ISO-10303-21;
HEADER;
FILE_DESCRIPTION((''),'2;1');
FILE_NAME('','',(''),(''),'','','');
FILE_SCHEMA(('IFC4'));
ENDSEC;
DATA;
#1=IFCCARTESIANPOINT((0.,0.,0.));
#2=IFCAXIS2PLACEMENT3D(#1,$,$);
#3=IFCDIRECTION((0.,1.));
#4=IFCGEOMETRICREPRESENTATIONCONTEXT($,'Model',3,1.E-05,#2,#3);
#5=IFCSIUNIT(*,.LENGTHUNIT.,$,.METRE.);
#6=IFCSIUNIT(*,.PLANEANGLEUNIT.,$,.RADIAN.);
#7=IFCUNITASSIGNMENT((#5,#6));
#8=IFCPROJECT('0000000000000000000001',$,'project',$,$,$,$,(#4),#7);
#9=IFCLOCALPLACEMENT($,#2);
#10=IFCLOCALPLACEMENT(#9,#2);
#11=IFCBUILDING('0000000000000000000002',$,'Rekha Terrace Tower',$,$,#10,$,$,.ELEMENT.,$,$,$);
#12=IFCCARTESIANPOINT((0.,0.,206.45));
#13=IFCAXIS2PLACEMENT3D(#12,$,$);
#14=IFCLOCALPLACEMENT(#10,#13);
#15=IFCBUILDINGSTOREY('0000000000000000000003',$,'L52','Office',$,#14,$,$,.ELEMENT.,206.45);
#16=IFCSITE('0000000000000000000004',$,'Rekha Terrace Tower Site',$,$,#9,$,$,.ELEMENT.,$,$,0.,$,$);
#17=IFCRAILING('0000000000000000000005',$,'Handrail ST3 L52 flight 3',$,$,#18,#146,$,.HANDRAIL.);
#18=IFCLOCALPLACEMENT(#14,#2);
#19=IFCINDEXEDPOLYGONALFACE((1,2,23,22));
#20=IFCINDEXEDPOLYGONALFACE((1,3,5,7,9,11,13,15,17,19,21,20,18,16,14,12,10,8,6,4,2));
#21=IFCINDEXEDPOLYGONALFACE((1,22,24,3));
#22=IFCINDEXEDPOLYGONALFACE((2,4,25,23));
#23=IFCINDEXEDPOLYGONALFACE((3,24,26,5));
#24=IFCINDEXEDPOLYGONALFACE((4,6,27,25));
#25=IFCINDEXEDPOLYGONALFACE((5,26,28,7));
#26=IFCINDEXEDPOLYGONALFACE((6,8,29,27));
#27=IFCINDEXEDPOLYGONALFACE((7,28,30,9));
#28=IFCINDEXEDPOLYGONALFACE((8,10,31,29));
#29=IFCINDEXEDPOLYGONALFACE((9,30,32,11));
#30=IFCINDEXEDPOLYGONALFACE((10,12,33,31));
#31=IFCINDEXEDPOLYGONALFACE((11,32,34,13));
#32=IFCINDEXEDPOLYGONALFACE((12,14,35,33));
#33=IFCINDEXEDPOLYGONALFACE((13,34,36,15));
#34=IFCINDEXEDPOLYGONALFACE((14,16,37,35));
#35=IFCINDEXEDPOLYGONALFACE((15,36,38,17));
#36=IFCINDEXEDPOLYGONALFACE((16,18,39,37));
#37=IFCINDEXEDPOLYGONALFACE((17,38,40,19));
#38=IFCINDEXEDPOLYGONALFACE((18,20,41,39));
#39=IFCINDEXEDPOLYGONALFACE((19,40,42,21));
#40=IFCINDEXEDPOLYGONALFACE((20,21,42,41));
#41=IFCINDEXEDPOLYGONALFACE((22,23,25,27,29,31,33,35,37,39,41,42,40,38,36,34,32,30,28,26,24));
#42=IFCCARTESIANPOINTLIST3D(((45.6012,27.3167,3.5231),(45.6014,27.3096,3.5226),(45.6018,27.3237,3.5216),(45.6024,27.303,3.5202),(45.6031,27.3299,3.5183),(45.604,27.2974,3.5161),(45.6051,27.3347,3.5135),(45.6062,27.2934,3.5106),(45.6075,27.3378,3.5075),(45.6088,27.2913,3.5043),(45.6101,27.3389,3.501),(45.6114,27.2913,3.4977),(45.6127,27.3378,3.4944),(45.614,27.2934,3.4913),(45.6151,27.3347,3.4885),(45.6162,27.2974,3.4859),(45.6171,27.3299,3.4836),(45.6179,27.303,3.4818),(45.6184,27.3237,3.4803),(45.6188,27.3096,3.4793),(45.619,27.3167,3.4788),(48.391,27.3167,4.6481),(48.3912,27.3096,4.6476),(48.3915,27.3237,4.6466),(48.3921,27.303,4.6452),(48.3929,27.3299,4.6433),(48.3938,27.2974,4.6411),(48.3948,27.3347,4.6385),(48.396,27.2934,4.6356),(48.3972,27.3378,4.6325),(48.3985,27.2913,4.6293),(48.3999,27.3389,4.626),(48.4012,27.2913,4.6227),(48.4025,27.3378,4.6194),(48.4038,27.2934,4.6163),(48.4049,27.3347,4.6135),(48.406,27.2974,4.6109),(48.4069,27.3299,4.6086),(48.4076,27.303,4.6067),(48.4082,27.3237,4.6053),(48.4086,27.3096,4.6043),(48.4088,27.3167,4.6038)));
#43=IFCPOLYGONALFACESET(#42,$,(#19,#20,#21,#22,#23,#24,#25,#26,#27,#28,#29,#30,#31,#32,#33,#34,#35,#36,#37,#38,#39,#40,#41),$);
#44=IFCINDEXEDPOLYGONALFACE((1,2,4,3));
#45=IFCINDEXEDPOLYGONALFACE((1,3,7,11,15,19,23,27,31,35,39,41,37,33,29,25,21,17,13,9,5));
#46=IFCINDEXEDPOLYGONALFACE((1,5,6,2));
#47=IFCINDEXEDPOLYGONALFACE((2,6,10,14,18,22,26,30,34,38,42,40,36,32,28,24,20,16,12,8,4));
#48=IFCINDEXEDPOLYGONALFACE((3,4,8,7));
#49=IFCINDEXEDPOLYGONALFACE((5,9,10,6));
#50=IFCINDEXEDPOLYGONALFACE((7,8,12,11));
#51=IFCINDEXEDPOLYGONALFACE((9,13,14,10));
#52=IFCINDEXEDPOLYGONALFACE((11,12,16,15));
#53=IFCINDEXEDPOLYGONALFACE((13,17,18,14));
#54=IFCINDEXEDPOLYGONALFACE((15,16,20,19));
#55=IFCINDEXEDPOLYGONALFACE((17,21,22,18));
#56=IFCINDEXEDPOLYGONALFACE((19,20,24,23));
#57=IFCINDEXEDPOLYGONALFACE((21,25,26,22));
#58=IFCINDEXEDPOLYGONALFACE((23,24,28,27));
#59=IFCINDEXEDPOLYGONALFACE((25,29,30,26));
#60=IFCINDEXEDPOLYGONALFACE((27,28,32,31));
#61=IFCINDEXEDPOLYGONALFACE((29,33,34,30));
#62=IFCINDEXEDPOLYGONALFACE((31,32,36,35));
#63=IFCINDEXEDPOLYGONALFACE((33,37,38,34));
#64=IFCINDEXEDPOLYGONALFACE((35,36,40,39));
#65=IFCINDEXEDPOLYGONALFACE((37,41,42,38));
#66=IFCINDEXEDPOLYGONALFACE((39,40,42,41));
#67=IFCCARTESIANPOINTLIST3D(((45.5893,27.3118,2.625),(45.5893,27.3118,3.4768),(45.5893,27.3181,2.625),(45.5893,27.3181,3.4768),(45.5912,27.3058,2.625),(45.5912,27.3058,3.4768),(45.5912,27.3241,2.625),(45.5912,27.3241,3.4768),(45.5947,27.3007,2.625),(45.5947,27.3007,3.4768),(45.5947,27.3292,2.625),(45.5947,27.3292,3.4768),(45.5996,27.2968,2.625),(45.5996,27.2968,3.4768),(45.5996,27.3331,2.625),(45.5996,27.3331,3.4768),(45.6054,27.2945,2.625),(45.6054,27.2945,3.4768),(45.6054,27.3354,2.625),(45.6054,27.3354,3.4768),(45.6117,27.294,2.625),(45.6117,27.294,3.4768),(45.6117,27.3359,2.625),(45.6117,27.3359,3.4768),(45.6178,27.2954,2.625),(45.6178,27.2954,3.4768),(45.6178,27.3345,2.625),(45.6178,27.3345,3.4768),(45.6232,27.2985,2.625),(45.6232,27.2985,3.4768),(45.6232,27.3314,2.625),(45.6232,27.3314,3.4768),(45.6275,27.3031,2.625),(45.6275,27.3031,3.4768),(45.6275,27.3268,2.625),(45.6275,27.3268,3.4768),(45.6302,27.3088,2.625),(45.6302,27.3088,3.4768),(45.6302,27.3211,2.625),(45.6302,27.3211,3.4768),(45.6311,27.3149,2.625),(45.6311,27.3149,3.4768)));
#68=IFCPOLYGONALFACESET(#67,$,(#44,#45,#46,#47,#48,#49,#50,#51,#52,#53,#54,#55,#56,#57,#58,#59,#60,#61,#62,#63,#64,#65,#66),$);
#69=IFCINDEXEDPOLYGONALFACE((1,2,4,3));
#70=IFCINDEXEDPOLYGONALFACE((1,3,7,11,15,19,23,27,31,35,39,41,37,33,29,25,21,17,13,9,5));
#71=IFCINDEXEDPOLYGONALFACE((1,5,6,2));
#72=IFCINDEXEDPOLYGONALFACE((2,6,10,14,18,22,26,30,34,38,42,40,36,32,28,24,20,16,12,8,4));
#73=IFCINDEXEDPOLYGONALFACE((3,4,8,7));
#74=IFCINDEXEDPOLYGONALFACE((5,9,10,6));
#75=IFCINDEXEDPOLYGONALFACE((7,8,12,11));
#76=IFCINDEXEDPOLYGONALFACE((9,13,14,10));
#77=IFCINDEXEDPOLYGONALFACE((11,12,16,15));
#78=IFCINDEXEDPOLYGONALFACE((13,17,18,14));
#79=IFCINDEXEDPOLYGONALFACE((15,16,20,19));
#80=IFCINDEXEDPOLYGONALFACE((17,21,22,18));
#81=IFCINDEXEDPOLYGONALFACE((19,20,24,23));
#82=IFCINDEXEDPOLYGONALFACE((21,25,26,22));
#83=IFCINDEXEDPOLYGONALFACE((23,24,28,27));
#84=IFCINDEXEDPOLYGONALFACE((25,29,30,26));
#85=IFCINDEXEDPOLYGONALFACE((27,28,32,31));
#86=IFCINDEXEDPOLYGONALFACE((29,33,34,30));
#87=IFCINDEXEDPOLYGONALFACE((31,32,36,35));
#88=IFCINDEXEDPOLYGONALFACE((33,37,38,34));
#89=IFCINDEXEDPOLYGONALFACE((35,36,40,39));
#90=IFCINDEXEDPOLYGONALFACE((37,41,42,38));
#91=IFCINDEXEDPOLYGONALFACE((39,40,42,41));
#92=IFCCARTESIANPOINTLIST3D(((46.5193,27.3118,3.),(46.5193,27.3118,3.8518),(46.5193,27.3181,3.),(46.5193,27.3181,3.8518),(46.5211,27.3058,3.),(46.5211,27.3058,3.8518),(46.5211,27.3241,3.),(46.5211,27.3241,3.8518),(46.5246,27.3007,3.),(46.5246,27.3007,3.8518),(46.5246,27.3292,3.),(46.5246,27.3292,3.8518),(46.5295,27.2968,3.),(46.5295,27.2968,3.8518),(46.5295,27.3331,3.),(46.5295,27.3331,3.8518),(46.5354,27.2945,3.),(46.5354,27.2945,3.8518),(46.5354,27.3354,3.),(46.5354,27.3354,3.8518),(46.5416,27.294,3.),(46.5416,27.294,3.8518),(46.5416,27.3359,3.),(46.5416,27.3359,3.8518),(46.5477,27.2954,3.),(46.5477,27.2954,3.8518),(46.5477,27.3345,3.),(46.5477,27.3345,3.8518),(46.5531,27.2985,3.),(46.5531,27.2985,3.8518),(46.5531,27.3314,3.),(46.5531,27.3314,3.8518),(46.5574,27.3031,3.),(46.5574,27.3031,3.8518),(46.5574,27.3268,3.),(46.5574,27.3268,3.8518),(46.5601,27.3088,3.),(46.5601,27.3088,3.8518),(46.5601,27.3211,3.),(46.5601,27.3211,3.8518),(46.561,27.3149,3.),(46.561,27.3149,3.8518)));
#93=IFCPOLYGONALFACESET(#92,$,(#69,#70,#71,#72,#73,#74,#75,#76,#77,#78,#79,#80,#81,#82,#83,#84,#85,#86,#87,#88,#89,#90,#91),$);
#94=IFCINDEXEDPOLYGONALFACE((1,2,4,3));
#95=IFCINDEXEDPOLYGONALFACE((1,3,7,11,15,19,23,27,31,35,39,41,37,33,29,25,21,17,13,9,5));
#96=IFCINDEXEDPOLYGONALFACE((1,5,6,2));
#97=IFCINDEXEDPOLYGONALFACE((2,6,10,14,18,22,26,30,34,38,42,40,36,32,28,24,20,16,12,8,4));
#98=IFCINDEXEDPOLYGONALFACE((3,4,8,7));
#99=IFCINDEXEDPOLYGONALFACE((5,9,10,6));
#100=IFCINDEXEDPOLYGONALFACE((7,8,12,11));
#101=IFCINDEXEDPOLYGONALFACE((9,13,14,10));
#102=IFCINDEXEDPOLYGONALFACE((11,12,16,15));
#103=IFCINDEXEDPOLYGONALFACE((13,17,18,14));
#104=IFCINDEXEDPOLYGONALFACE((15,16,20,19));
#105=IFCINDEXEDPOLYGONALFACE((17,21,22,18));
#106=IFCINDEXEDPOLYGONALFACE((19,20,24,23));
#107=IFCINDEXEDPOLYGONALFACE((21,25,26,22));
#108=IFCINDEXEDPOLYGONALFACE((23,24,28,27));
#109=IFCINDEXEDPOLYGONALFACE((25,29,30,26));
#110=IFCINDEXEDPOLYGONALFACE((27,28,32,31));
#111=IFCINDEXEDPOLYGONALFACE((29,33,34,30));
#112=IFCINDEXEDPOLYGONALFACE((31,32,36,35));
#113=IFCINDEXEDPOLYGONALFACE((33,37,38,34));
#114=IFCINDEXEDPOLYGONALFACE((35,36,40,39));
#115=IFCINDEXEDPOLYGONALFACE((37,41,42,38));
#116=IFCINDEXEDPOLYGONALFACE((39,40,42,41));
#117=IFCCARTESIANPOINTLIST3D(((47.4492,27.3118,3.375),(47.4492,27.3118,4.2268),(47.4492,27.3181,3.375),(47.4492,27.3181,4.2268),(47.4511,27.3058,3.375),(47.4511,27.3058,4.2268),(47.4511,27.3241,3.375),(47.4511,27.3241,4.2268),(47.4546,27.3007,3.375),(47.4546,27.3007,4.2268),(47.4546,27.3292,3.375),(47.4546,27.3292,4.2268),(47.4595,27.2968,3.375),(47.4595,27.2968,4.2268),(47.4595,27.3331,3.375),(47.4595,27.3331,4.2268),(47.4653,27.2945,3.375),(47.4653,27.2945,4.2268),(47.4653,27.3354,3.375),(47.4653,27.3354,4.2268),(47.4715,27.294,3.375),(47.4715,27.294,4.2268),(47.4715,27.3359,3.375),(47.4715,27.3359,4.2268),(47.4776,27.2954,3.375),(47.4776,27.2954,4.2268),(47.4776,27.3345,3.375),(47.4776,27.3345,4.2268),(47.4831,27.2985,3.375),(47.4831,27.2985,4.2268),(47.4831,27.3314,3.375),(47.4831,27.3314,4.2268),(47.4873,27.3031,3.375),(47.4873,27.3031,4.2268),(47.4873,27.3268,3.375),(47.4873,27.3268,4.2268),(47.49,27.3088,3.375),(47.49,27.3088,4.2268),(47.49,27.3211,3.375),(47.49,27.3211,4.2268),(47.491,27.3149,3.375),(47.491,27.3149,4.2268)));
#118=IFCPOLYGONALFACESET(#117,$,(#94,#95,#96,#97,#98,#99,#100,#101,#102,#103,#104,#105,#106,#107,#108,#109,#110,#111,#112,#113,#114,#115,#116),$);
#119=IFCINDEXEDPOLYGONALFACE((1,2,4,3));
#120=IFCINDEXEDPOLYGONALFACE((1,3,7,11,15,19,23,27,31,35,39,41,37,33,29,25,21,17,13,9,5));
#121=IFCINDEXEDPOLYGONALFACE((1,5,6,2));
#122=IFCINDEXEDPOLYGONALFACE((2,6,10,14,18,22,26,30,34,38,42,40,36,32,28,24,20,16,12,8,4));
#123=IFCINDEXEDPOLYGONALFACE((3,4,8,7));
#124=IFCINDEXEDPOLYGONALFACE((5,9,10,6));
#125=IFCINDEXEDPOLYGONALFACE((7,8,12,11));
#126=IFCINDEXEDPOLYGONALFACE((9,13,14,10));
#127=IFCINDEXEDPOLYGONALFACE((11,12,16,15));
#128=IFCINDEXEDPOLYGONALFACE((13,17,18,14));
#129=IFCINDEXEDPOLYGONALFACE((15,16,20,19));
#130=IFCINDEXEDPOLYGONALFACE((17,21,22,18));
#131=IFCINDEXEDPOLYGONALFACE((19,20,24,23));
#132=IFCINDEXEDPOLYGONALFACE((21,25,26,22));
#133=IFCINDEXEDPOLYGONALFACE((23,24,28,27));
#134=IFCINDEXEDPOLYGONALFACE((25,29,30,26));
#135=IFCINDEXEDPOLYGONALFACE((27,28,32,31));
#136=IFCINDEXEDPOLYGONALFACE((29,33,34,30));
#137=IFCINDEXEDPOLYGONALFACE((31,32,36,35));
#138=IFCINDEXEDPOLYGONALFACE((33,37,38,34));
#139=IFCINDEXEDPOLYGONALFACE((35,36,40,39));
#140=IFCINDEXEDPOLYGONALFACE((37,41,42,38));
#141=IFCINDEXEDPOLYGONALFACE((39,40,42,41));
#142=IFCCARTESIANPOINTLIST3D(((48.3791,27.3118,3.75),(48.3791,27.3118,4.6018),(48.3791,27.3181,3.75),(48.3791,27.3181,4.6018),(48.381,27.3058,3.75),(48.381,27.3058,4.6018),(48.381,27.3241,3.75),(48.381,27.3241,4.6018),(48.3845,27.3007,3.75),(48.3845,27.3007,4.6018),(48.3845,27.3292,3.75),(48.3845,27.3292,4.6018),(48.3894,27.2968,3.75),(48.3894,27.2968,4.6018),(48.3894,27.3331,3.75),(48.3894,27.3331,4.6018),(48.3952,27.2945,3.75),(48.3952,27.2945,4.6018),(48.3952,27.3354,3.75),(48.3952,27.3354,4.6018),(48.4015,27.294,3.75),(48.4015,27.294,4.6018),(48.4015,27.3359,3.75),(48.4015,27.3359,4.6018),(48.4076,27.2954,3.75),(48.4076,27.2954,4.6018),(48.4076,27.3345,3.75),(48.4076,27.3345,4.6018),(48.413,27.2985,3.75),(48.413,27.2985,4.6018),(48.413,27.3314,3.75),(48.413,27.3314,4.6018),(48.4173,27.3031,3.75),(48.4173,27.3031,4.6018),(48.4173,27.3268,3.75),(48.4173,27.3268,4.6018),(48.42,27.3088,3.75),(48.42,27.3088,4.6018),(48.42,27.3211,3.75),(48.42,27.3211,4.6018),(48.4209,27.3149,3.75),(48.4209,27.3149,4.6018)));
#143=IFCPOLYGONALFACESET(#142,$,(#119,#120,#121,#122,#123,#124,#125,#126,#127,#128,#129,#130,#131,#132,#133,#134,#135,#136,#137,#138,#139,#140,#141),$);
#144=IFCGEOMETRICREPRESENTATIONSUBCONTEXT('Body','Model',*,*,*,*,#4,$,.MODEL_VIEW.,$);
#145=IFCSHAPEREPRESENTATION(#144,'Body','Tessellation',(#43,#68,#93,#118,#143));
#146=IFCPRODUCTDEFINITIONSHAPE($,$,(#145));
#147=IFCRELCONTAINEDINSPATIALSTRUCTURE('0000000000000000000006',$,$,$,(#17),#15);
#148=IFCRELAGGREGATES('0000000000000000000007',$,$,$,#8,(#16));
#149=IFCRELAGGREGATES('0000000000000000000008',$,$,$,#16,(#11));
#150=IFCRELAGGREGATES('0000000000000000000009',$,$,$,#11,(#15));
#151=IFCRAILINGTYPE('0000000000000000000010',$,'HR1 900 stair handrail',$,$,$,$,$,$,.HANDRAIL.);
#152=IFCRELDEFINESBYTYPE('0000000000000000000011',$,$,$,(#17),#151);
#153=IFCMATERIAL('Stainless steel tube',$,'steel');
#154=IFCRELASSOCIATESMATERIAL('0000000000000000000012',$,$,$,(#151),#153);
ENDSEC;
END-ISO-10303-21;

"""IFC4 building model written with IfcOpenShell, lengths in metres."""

from ifc_helpers import new_model, si_unit, direction, frame, origin, origin_2d, place, context, subcontext, project, spatial, circle, extrude, material, type_object, element, save


model = new_model("IFC4")

# Units and contexts
model_context = context("Model", 3, precision=1e-05, world=origin(), true_north=direction((0.0, 1.0)))
body_context = subcontext(model_context, "Body", "Model", "MODEL_VIEW")
ifc_project = project(units=[si_unit("LENGTHUNIT", "METRE"), si_unit("PLANEANGLEUNIT", "RADIAN")], contexts=[model_context])

# Site, building, storey
site_placement = place(None, origin())
site = spatial("IfcSite", under=ifc_project, at=site_placement, Name="Rekha Terrace Tower Site", CompositionType="ELEMENT", RefElevation=0.0)
building_placement = place(site_placement, origin())
building = spatial("IfcBuilding", under=site, at=building_placement, Name="Rekha Terrace Tower", CompositionType="ELEMENT")
storey_placement = place(building_placement, frame((0.0, 0.0, 206.45)))
storey = spatial("IfcBuildingStorey", under=building, at=storey_placement, Name="L52", Description="Office", CompositionType="ELEMENT", Elevation=206.45)

# Railing
ifc_material_1 = material(Name="Stainless steel tube", Category="steel")
railing_type_1 = type_object("IfcRailingType", Name="HR1 900 stair handrail", PredefinedType="HANDRAIL", material=ifc_material_1)
railing_1_placement = place(storey_placement, frame((45.6101, 27.3149, 2.625)))
element("IfcRailing", 1, at=railing_1_placement, inside=storey, type_object=railing_type_1, Name="Handrail ST3 L52 flight 3", PredefinedType="HANDRAIL", context=body_context, shape_type="SweptSolid", body=[
    extrude(circle(Radius=0.0239, at=origin_2d()), frame((0.0, 0.0, 0.876), z_axis=(0.927432, 0.0, 0.373992), x_axis=(0.0, 1.0, 0.0)), (0.0, 0.0, 1.0), 3.0081),
    extrude(circle(Radius=0.021, at=origin_2d()), origin(), (0.0, 0.0, 1.0), 0.8518),
    extrude(circle(Radius=0.021, at=origin_2d()), frame((0.9299, 0.0, 0.375)), (0.0, 0.0, 1.0), 0.8518),
    extrude(circle(Radius=0.021, at=origin_2d()), frame((1.8599, 0.0, 0.75)), (0.0, 0.0, 1.0), 0.8518),
    extrude(circle(Radius=0.021, at=origin_2d()), frame((2.7898, 0.0, 1.125)), (0.0, 0.0, 1.0), 0.8518),
])

save(model, "model.ifc")
